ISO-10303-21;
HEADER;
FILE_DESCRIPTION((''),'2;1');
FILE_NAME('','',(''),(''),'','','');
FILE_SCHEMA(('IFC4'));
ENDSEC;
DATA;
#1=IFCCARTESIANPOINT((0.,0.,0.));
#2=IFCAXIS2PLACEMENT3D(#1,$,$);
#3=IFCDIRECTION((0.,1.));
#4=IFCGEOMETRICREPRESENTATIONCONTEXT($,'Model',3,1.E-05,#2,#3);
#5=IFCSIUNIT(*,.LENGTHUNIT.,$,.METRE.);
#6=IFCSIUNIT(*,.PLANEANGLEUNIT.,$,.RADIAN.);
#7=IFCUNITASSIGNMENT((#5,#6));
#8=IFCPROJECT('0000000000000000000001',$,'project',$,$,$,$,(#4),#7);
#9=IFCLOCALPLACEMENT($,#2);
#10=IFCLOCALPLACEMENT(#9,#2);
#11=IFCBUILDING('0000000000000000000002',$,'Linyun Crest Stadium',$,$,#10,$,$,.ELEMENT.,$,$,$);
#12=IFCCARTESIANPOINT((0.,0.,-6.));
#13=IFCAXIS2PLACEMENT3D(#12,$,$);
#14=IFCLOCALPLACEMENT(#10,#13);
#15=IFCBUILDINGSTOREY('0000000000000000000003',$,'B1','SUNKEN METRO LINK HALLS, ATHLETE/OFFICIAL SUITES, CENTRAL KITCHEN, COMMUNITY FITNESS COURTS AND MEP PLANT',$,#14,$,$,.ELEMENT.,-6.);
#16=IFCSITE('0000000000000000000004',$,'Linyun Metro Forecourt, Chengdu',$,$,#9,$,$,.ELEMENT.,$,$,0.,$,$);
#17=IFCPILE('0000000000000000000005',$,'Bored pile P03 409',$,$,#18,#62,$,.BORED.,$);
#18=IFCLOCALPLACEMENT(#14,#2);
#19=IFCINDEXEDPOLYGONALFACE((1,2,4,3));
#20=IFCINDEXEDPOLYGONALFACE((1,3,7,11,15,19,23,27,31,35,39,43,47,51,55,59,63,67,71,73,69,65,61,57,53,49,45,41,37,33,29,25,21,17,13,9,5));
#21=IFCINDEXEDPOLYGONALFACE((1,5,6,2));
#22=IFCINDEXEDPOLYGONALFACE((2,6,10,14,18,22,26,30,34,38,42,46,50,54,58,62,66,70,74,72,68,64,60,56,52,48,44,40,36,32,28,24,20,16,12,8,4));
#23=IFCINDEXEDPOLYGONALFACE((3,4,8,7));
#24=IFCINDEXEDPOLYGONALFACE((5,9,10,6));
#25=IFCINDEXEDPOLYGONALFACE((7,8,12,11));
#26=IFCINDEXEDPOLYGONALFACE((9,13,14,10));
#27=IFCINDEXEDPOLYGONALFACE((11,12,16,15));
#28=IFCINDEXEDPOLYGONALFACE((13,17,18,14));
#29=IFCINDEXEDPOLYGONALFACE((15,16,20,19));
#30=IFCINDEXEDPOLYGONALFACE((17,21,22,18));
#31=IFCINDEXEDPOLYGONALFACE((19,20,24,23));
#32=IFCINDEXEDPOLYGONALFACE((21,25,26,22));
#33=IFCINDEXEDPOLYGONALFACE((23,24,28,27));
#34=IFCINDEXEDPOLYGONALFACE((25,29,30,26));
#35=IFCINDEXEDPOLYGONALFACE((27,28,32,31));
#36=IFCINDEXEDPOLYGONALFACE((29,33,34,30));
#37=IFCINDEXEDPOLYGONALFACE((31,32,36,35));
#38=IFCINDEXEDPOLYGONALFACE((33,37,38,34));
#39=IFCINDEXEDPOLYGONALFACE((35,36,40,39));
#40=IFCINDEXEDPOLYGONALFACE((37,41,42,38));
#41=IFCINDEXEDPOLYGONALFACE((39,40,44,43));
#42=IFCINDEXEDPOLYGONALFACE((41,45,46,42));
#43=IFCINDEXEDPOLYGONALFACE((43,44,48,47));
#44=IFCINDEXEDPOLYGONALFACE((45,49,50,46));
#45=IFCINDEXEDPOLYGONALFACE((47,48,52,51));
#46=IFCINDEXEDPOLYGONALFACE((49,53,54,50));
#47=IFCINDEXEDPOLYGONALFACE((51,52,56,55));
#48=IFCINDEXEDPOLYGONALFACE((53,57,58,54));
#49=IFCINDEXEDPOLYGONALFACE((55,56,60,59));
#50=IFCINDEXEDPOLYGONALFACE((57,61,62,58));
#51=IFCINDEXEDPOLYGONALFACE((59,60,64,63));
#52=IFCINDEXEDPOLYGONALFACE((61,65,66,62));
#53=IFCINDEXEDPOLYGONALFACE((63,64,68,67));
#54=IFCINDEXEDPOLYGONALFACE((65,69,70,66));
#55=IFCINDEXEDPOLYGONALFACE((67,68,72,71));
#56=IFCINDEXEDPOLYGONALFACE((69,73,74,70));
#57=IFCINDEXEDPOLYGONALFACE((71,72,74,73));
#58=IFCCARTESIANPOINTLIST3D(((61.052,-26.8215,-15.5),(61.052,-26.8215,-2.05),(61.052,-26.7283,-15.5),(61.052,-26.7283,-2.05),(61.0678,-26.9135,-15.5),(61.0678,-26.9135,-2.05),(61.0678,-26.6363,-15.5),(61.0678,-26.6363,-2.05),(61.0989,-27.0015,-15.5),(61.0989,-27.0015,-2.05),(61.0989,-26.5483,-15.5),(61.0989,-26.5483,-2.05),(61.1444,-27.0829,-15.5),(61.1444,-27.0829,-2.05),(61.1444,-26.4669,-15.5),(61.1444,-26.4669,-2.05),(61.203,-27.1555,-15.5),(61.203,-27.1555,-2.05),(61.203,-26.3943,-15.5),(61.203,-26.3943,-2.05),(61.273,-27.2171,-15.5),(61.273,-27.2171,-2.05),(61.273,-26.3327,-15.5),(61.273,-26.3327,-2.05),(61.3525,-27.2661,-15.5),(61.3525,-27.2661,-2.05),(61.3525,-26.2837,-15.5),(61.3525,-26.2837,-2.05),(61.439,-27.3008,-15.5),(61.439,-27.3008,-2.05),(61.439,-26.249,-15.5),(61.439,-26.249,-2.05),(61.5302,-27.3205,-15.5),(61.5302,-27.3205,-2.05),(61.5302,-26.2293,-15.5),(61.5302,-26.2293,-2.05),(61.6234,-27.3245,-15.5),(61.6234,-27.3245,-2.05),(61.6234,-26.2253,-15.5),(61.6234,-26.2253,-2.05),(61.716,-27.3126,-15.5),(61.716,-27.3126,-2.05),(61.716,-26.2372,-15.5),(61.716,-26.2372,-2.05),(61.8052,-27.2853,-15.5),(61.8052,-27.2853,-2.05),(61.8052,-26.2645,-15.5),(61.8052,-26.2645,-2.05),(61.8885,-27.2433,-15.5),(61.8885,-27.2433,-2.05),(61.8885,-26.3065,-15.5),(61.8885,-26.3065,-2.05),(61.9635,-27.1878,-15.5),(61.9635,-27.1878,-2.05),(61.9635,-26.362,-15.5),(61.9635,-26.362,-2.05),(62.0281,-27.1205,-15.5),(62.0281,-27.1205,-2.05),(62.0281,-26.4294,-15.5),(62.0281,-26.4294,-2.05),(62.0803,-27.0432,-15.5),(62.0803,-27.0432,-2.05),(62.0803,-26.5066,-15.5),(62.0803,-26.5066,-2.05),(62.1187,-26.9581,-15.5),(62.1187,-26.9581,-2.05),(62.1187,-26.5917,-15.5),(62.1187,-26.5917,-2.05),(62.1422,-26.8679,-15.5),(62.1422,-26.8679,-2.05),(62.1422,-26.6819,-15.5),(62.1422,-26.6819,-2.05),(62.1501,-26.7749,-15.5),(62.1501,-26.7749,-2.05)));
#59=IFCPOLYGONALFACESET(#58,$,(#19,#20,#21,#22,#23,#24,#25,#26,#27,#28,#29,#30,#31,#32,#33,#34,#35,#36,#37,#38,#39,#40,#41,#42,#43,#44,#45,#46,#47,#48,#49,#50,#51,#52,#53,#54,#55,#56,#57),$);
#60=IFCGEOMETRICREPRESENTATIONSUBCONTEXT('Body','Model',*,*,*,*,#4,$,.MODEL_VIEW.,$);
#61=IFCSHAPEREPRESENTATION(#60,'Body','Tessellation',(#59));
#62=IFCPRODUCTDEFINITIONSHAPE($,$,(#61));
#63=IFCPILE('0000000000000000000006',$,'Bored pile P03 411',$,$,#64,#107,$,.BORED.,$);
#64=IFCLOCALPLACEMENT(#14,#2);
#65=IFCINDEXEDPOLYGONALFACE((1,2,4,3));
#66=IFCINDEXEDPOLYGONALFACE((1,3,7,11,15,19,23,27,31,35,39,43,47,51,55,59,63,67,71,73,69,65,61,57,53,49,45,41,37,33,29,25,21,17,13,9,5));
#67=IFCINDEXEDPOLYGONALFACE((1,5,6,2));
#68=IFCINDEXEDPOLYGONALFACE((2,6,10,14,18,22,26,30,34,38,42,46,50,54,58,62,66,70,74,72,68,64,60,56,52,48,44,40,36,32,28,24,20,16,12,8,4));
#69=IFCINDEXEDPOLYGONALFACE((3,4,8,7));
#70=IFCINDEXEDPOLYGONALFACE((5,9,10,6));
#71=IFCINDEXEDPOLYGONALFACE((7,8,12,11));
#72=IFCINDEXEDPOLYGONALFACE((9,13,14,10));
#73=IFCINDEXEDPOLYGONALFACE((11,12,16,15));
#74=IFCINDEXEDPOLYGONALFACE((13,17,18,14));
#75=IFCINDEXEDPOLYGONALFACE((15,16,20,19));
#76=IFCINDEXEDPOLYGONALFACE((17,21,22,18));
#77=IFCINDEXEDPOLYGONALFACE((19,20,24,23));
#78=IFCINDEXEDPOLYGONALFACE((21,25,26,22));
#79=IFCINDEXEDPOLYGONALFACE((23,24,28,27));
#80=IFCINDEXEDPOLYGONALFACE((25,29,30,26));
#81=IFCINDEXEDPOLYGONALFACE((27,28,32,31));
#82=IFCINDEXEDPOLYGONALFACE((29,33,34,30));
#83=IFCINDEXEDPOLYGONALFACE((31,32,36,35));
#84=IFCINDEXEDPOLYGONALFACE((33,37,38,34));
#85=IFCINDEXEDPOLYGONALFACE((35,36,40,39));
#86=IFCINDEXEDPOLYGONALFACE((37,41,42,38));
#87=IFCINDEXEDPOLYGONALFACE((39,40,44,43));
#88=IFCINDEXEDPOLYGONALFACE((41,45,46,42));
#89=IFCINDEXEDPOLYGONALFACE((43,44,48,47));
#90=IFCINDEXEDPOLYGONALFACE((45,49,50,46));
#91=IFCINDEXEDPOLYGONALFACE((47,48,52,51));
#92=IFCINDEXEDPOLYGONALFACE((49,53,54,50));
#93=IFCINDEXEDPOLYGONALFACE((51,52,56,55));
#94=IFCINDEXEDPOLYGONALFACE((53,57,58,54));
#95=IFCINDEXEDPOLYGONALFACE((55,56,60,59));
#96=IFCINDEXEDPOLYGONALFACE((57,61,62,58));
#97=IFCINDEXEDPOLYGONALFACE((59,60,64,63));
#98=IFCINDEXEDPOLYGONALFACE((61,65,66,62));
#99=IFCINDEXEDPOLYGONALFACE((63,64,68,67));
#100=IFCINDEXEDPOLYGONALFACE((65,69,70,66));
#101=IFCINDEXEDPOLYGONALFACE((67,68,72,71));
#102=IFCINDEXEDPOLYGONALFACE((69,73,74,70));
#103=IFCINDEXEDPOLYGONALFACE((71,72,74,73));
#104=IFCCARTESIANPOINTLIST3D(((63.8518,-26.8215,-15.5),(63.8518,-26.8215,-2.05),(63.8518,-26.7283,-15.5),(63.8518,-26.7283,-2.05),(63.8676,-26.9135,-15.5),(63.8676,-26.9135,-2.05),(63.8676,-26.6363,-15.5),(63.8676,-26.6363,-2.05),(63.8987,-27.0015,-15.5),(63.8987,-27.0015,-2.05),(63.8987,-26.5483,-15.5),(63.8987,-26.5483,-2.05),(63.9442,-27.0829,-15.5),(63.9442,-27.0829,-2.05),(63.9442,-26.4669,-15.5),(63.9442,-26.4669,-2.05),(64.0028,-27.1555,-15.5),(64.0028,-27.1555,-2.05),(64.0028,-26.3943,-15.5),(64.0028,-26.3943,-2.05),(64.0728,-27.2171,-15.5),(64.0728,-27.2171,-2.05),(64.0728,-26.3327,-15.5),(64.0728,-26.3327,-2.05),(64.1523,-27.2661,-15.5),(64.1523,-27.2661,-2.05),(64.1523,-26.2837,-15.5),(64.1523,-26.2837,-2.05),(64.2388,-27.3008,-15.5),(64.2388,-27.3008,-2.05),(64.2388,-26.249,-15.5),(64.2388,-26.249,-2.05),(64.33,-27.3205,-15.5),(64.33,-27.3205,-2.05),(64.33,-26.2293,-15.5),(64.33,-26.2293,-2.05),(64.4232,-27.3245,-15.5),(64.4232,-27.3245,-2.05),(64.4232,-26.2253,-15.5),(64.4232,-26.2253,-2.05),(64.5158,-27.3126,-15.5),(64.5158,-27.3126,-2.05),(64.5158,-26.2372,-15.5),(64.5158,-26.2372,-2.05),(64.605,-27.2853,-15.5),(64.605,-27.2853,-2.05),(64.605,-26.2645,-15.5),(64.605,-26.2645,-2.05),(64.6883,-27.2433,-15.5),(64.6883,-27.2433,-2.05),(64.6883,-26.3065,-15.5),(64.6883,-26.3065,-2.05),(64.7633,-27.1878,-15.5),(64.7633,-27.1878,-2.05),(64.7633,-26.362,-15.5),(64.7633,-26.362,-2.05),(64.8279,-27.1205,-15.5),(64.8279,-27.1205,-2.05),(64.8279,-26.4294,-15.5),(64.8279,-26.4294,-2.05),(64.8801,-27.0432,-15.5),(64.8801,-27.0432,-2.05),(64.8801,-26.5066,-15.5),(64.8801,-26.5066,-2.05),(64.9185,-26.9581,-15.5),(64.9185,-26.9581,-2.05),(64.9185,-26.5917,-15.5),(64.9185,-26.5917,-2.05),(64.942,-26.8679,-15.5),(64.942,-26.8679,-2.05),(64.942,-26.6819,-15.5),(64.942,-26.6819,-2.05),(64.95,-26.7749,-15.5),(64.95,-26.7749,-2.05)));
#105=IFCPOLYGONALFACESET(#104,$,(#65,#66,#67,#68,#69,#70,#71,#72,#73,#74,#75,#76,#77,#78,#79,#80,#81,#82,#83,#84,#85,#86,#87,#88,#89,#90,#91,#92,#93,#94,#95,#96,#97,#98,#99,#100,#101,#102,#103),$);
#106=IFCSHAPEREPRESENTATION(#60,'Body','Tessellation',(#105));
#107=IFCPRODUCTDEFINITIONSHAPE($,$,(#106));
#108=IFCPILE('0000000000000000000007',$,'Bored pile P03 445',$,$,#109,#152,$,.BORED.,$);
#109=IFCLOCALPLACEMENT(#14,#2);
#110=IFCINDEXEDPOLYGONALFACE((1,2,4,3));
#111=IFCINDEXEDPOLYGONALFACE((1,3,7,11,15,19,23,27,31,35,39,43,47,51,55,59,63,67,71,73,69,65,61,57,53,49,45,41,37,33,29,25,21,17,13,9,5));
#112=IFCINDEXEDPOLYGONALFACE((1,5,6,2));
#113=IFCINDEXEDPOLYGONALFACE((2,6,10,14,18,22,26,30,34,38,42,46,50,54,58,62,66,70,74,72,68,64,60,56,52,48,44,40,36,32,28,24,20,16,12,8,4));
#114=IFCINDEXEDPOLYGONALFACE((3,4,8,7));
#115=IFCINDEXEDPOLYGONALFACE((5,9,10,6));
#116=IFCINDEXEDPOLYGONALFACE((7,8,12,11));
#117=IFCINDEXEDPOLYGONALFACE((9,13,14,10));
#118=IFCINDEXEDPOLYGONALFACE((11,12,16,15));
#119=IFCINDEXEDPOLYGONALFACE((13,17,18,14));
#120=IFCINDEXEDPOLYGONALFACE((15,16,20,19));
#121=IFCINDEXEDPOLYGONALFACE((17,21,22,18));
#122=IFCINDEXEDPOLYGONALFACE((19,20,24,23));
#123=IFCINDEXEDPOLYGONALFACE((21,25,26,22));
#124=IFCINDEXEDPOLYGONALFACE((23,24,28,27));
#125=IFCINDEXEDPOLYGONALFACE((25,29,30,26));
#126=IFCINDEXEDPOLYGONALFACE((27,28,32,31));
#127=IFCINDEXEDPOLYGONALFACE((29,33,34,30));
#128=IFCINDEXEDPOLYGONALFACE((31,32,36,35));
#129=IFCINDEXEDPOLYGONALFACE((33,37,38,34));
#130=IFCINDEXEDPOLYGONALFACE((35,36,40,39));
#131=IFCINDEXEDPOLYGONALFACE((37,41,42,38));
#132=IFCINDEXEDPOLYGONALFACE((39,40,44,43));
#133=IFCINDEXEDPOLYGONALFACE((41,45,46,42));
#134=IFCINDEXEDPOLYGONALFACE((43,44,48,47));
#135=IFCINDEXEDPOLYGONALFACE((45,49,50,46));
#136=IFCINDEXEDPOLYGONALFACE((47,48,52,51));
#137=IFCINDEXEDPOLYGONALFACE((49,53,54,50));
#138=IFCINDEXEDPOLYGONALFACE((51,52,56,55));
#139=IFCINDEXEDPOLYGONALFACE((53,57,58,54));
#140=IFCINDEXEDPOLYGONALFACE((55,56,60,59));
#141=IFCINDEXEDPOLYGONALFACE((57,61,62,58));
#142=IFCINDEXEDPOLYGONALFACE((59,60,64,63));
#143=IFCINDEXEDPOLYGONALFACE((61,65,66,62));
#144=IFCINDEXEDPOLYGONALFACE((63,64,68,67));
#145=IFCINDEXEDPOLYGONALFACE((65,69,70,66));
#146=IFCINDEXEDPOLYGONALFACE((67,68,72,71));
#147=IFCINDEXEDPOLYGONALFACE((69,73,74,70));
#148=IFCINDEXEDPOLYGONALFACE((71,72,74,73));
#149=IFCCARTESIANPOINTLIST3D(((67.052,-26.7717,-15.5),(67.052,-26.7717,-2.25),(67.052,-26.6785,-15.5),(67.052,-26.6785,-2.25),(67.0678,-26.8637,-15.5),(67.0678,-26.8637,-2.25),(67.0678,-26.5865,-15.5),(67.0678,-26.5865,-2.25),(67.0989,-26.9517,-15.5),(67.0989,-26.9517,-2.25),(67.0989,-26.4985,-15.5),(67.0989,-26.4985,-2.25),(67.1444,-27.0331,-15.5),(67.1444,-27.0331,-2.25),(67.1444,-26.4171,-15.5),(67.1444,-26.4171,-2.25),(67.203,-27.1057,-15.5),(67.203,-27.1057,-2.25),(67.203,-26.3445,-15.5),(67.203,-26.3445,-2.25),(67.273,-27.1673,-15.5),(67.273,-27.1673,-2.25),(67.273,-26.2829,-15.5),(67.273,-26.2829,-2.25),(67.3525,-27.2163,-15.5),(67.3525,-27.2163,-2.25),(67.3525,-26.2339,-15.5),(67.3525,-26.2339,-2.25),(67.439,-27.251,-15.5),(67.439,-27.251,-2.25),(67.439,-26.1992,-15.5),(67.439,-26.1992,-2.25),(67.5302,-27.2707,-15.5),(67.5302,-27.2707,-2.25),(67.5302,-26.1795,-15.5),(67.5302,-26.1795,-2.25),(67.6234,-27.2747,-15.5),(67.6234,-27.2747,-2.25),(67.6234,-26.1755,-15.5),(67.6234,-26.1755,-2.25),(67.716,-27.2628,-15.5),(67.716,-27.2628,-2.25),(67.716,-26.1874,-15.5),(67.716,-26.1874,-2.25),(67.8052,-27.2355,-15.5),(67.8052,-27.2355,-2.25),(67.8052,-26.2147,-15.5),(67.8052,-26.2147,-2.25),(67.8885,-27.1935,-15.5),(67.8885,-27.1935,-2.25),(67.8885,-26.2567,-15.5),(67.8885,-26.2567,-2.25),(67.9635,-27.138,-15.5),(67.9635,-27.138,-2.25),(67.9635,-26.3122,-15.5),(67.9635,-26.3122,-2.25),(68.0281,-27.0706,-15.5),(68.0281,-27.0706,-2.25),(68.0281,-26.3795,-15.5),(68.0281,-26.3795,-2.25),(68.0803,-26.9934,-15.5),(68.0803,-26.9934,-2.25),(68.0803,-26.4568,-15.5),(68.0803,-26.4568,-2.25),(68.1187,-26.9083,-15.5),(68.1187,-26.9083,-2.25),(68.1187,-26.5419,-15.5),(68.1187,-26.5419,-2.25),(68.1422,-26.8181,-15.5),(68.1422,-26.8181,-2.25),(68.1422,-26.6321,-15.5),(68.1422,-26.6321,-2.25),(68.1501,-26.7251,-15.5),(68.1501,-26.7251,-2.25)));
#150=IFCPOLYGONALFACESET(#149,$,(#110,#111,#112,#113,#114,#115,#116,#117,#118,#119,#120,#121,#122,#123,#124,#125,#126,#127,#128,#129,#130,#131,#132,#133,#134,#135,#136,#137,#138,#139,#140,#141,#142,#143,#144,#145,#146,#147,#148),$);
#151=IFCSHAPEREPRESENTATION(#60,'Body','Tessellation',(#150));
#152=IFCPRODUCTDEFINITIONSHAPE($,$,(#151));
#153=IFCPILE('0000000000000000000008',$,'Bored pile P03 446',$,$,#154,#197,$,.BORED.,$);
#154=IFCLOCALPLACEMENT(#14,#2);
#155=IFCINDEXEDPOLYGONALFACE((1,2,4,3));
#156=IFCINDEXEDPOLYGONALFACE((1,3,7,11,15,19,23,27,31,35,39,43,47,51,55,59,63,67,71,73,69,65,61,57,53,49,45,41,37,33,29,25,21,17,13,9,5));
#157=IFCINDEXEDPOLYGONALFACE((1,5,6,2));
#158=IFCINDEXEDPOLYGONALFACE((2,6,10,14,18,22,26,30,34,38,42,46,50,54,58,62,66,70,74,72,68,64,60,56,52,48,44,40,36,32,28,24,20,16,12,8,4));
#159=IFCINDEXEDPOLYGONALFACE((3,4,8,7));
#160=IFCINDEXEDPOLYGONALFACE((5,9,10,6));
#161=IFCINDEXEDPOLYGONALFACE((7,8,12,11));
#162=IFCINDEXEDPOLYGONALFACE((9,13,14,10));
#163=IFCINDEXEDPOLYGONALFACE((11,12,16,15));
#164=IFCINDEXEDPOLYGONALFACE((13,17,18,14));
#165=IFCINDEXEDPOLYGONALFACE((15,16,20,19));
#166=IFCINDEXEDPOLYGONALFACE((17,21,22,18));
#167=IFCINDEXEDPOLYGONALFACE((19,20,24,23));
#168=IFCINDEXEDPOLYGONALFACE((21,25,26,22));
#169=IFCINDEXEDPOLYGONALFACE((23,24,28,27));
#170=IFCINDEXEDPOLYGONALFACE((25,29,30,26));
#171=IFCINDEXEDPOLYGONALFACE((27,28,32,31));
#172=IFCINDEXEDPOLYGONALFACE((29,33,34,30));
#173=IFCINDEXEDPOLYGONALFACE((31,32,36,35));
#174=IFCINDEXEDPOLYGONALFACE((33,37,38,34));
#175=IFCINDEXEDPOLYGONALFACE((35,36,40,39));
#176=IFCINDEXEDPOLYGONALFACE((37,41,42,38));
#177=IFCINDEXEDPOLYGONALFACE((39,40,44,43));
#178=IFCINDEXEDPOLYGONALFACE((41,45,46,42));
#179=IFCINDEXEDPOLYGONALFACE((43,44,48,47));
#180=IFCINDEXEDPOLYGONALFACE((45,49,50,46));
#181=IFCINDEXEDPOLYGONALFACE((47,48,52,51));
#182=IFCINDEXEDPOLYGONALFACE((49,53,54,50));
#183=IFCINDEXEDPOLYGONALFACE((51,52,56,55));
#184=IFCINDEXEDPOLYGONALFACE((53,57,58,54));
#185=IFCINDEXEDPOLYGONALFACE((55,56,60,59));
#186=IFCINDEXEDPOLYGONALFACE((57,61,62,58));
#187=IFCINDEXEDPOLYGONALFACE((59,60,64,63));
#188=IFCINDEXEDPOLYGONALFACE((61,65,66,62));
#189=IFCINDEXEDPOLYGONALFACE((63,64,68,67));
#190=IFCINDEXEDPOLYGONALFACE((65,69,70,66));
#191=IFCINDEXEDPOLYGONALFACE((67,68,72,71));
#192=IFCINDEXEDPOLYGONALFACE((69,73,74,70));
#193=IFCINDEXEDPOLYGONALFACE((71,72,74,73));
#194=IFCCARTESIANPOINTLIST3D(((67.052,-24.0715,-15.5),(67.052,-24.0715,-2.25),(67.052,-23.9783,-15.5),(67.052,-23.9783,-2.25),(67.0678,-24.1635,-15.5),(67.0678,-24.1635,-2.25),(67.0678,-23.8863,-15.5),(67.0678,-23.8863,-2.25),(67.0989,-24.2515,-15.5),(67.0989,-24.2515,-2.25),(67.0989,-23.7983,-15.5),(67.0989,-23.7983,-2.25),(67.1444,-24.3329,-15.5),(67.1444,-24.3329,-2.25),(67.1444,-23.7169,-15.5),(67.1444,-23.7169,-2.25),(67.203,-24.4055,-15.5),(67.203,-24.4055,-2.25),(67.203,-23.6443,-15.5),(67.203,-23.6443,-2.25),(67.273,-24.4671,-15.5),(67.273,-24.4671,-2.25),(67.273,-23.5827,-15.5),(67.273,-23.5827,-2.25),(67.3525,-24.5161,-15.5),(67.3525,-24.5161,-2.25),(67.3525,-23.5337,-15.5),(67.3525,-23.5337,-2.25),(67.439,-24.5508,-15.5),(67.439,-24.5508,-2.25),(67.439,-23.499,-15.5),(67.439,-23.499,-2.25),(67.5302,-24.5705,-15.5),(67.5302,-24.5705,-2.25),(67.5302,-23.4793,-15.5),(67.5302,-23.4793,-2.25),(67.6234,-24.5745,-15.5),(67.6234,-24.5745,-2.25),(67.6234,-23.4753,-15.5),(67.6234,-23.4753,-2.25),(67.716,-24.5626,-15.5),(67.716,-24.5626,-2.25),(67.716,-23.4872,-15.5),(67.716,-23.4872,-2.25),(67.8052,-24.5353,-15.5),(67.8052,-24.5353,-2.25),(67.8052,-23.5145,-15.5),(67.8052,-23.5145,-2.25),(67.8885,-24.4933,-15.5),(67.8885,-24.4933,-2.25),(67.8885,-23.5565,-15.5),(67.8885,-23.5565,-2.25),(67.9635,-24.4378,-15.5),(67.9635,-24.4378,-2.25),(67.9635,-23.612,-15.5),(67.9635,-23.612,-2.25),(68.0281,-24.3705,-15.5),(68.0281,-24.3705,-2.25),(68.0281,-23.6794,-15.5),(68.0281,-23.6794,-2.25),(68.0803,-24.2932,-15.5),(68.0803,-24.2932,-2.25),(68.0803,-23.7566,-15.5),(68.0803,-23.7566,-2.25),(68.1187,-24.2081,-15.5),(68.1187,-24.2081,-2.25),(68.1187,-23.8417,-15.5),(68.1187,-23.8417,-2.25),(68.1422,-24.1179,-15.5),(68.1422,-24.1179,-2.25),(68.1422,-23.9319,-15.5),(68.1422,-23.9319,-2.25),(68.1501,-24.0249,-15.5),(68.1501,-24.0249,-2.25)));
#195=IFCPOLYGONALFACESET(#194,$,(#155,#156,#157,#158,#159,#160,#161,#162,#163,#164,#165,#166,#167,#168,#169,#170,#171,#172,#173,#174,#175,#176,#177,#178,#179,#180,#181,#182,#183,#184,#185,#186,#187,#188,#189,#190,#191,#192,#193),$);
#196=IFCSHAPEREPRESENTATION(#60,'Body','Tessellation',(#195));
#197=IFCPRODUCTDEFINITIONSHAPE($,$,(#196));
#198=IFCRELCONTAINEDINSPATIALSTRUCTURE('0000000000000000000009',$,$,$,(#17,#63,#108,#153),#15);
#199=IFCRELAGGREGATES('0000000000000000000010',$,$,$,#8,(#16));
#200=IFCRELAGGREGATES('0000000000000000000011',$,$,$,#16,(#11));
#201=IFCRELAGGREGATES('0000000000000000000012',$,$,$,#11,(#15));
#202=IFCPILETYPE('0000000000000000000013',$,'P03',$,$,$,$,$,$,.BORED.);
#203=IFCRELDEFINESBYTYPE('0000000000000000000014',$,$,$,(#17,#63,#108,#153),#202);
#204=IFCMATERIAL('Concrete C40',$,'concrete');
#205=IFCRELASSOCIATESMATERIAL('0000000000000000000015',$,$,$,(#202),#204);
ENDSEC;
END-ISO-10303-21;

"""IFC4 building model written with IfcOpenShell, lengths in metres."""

from ifc_helpers import new_model, si_unit, direction, frame, origin, origin_2d, place, context, subcontext, project, spatial, circle, extrude, material, material_profile, profile_set, type_object, element, save


model = new_model("IFC4")

# Units and contexts
model_context = context("Model", 3, precision=1e-05, world=origin(), true_north=direction((0.0, 1.0)))
body_context = subcontext(model_context, "Body", "Model", "MODEL_VIEW")
ifc_project = project(units=[si_unit("LENGTHUNIT", "METRE"), si_unit("PLANEANGLEUNIT", "RADIAN")], contexts=[model_context])

# Site, building, storey
site_placement = place(None, origin())
site = spatial("IfcSite", under=ifc_project, at=site_placement, Name="Linyun Metro Forecourt, Chengdu", CompositionType="ELEMENT", RefElevation=0.0)
building_placement = place(site_placement, origin())
building = spatial("IfcBuilding", under=site, at=building_placement, Name="Linyun Crest Stadium", CompositionType="ELEMENT")
storey_placement = place(building_placement, frame((0.0, 0.0, -6.0)))
storey = spatial("IfcBuildingStorey", under=building, at=storey_placement, Name="B1", Description="SUNKEN METRO LINK HALLS, ATHLETE/OFFICIAL SUITES, CENTRAL KITCHEN, COMMUNITY FITNESS COURTS AND MEP PLANT", CompositionType="ELEMENT", Elevation=-6.0)

# Piles
ifc_material_1 = material(Name="Concrete C40", Category="concrete")
ifc_material_profile_1 = material_profile(ifc_material_1, circle(Radius=0.55, at=origin_2d()), Name="BORED PILE 1100")
ifc_profile_set_1 = profile_set([ifc_material_profile_1], Name="Concrete C40")
pile_type = type_object("IfcPileType", Name="P03", PredefinedType="BORED", material=ifc_profile_set_1)
for number, where, z_axis, x_axis, name in (
    (1, (61.6001, -26.7749, -2.05), (0.0, 0.0, -1.0), (1.0, 0.0, 0.0), "Bored pile P03 409"),
    (2, (64.3999, -26.7749, -2.05), (0.0, 0.0, -1.0), (1.0, 0.0, 0.0), "Bored pile P03 411"),
):
    element("IfcPile", number, at=place(storey_placement, frame(where, z_axis=z_axis, x_axis=x_axis)), inside=storey, type_object=pile_type, Name=name, PredefinedType="BORED", context=body_context, shape_type="SweptSolid", body=[
        extrude(circle(Radius=0.55, at=origin_2d()), origin(), (0.0, 0.0, 1.0), 13.45),
    ])
for number, where, z_axis, x_axis, name in (
    (3, (67.6001, -26.7251, -2.25), (0.0, 0.0, -1.0), (1.0, 0.0, 0.0), "Bored pile P03 445"),
    (4, (67.6001, -24.0249, -2.25), (0.0, 0.0, -1.0), (1.0, 0.0, 0.0), "Bored pile P03 446"),
):
    element("IfcPile", number, at=place(storey_placement, frame(where, z_axis=z_axis, x_axis=x_axis)), inside=storey, type_object=pile_type, Name=name, PredefinedType="BORED", context=body_context, shape_type="SweptSolid", body=[
        extrude(circle(Radius=0.55, at=origin_2d()), origin(), (0.0, 0.0, 1.0), 13.25),
    ])

save(model, "model.ifc")
